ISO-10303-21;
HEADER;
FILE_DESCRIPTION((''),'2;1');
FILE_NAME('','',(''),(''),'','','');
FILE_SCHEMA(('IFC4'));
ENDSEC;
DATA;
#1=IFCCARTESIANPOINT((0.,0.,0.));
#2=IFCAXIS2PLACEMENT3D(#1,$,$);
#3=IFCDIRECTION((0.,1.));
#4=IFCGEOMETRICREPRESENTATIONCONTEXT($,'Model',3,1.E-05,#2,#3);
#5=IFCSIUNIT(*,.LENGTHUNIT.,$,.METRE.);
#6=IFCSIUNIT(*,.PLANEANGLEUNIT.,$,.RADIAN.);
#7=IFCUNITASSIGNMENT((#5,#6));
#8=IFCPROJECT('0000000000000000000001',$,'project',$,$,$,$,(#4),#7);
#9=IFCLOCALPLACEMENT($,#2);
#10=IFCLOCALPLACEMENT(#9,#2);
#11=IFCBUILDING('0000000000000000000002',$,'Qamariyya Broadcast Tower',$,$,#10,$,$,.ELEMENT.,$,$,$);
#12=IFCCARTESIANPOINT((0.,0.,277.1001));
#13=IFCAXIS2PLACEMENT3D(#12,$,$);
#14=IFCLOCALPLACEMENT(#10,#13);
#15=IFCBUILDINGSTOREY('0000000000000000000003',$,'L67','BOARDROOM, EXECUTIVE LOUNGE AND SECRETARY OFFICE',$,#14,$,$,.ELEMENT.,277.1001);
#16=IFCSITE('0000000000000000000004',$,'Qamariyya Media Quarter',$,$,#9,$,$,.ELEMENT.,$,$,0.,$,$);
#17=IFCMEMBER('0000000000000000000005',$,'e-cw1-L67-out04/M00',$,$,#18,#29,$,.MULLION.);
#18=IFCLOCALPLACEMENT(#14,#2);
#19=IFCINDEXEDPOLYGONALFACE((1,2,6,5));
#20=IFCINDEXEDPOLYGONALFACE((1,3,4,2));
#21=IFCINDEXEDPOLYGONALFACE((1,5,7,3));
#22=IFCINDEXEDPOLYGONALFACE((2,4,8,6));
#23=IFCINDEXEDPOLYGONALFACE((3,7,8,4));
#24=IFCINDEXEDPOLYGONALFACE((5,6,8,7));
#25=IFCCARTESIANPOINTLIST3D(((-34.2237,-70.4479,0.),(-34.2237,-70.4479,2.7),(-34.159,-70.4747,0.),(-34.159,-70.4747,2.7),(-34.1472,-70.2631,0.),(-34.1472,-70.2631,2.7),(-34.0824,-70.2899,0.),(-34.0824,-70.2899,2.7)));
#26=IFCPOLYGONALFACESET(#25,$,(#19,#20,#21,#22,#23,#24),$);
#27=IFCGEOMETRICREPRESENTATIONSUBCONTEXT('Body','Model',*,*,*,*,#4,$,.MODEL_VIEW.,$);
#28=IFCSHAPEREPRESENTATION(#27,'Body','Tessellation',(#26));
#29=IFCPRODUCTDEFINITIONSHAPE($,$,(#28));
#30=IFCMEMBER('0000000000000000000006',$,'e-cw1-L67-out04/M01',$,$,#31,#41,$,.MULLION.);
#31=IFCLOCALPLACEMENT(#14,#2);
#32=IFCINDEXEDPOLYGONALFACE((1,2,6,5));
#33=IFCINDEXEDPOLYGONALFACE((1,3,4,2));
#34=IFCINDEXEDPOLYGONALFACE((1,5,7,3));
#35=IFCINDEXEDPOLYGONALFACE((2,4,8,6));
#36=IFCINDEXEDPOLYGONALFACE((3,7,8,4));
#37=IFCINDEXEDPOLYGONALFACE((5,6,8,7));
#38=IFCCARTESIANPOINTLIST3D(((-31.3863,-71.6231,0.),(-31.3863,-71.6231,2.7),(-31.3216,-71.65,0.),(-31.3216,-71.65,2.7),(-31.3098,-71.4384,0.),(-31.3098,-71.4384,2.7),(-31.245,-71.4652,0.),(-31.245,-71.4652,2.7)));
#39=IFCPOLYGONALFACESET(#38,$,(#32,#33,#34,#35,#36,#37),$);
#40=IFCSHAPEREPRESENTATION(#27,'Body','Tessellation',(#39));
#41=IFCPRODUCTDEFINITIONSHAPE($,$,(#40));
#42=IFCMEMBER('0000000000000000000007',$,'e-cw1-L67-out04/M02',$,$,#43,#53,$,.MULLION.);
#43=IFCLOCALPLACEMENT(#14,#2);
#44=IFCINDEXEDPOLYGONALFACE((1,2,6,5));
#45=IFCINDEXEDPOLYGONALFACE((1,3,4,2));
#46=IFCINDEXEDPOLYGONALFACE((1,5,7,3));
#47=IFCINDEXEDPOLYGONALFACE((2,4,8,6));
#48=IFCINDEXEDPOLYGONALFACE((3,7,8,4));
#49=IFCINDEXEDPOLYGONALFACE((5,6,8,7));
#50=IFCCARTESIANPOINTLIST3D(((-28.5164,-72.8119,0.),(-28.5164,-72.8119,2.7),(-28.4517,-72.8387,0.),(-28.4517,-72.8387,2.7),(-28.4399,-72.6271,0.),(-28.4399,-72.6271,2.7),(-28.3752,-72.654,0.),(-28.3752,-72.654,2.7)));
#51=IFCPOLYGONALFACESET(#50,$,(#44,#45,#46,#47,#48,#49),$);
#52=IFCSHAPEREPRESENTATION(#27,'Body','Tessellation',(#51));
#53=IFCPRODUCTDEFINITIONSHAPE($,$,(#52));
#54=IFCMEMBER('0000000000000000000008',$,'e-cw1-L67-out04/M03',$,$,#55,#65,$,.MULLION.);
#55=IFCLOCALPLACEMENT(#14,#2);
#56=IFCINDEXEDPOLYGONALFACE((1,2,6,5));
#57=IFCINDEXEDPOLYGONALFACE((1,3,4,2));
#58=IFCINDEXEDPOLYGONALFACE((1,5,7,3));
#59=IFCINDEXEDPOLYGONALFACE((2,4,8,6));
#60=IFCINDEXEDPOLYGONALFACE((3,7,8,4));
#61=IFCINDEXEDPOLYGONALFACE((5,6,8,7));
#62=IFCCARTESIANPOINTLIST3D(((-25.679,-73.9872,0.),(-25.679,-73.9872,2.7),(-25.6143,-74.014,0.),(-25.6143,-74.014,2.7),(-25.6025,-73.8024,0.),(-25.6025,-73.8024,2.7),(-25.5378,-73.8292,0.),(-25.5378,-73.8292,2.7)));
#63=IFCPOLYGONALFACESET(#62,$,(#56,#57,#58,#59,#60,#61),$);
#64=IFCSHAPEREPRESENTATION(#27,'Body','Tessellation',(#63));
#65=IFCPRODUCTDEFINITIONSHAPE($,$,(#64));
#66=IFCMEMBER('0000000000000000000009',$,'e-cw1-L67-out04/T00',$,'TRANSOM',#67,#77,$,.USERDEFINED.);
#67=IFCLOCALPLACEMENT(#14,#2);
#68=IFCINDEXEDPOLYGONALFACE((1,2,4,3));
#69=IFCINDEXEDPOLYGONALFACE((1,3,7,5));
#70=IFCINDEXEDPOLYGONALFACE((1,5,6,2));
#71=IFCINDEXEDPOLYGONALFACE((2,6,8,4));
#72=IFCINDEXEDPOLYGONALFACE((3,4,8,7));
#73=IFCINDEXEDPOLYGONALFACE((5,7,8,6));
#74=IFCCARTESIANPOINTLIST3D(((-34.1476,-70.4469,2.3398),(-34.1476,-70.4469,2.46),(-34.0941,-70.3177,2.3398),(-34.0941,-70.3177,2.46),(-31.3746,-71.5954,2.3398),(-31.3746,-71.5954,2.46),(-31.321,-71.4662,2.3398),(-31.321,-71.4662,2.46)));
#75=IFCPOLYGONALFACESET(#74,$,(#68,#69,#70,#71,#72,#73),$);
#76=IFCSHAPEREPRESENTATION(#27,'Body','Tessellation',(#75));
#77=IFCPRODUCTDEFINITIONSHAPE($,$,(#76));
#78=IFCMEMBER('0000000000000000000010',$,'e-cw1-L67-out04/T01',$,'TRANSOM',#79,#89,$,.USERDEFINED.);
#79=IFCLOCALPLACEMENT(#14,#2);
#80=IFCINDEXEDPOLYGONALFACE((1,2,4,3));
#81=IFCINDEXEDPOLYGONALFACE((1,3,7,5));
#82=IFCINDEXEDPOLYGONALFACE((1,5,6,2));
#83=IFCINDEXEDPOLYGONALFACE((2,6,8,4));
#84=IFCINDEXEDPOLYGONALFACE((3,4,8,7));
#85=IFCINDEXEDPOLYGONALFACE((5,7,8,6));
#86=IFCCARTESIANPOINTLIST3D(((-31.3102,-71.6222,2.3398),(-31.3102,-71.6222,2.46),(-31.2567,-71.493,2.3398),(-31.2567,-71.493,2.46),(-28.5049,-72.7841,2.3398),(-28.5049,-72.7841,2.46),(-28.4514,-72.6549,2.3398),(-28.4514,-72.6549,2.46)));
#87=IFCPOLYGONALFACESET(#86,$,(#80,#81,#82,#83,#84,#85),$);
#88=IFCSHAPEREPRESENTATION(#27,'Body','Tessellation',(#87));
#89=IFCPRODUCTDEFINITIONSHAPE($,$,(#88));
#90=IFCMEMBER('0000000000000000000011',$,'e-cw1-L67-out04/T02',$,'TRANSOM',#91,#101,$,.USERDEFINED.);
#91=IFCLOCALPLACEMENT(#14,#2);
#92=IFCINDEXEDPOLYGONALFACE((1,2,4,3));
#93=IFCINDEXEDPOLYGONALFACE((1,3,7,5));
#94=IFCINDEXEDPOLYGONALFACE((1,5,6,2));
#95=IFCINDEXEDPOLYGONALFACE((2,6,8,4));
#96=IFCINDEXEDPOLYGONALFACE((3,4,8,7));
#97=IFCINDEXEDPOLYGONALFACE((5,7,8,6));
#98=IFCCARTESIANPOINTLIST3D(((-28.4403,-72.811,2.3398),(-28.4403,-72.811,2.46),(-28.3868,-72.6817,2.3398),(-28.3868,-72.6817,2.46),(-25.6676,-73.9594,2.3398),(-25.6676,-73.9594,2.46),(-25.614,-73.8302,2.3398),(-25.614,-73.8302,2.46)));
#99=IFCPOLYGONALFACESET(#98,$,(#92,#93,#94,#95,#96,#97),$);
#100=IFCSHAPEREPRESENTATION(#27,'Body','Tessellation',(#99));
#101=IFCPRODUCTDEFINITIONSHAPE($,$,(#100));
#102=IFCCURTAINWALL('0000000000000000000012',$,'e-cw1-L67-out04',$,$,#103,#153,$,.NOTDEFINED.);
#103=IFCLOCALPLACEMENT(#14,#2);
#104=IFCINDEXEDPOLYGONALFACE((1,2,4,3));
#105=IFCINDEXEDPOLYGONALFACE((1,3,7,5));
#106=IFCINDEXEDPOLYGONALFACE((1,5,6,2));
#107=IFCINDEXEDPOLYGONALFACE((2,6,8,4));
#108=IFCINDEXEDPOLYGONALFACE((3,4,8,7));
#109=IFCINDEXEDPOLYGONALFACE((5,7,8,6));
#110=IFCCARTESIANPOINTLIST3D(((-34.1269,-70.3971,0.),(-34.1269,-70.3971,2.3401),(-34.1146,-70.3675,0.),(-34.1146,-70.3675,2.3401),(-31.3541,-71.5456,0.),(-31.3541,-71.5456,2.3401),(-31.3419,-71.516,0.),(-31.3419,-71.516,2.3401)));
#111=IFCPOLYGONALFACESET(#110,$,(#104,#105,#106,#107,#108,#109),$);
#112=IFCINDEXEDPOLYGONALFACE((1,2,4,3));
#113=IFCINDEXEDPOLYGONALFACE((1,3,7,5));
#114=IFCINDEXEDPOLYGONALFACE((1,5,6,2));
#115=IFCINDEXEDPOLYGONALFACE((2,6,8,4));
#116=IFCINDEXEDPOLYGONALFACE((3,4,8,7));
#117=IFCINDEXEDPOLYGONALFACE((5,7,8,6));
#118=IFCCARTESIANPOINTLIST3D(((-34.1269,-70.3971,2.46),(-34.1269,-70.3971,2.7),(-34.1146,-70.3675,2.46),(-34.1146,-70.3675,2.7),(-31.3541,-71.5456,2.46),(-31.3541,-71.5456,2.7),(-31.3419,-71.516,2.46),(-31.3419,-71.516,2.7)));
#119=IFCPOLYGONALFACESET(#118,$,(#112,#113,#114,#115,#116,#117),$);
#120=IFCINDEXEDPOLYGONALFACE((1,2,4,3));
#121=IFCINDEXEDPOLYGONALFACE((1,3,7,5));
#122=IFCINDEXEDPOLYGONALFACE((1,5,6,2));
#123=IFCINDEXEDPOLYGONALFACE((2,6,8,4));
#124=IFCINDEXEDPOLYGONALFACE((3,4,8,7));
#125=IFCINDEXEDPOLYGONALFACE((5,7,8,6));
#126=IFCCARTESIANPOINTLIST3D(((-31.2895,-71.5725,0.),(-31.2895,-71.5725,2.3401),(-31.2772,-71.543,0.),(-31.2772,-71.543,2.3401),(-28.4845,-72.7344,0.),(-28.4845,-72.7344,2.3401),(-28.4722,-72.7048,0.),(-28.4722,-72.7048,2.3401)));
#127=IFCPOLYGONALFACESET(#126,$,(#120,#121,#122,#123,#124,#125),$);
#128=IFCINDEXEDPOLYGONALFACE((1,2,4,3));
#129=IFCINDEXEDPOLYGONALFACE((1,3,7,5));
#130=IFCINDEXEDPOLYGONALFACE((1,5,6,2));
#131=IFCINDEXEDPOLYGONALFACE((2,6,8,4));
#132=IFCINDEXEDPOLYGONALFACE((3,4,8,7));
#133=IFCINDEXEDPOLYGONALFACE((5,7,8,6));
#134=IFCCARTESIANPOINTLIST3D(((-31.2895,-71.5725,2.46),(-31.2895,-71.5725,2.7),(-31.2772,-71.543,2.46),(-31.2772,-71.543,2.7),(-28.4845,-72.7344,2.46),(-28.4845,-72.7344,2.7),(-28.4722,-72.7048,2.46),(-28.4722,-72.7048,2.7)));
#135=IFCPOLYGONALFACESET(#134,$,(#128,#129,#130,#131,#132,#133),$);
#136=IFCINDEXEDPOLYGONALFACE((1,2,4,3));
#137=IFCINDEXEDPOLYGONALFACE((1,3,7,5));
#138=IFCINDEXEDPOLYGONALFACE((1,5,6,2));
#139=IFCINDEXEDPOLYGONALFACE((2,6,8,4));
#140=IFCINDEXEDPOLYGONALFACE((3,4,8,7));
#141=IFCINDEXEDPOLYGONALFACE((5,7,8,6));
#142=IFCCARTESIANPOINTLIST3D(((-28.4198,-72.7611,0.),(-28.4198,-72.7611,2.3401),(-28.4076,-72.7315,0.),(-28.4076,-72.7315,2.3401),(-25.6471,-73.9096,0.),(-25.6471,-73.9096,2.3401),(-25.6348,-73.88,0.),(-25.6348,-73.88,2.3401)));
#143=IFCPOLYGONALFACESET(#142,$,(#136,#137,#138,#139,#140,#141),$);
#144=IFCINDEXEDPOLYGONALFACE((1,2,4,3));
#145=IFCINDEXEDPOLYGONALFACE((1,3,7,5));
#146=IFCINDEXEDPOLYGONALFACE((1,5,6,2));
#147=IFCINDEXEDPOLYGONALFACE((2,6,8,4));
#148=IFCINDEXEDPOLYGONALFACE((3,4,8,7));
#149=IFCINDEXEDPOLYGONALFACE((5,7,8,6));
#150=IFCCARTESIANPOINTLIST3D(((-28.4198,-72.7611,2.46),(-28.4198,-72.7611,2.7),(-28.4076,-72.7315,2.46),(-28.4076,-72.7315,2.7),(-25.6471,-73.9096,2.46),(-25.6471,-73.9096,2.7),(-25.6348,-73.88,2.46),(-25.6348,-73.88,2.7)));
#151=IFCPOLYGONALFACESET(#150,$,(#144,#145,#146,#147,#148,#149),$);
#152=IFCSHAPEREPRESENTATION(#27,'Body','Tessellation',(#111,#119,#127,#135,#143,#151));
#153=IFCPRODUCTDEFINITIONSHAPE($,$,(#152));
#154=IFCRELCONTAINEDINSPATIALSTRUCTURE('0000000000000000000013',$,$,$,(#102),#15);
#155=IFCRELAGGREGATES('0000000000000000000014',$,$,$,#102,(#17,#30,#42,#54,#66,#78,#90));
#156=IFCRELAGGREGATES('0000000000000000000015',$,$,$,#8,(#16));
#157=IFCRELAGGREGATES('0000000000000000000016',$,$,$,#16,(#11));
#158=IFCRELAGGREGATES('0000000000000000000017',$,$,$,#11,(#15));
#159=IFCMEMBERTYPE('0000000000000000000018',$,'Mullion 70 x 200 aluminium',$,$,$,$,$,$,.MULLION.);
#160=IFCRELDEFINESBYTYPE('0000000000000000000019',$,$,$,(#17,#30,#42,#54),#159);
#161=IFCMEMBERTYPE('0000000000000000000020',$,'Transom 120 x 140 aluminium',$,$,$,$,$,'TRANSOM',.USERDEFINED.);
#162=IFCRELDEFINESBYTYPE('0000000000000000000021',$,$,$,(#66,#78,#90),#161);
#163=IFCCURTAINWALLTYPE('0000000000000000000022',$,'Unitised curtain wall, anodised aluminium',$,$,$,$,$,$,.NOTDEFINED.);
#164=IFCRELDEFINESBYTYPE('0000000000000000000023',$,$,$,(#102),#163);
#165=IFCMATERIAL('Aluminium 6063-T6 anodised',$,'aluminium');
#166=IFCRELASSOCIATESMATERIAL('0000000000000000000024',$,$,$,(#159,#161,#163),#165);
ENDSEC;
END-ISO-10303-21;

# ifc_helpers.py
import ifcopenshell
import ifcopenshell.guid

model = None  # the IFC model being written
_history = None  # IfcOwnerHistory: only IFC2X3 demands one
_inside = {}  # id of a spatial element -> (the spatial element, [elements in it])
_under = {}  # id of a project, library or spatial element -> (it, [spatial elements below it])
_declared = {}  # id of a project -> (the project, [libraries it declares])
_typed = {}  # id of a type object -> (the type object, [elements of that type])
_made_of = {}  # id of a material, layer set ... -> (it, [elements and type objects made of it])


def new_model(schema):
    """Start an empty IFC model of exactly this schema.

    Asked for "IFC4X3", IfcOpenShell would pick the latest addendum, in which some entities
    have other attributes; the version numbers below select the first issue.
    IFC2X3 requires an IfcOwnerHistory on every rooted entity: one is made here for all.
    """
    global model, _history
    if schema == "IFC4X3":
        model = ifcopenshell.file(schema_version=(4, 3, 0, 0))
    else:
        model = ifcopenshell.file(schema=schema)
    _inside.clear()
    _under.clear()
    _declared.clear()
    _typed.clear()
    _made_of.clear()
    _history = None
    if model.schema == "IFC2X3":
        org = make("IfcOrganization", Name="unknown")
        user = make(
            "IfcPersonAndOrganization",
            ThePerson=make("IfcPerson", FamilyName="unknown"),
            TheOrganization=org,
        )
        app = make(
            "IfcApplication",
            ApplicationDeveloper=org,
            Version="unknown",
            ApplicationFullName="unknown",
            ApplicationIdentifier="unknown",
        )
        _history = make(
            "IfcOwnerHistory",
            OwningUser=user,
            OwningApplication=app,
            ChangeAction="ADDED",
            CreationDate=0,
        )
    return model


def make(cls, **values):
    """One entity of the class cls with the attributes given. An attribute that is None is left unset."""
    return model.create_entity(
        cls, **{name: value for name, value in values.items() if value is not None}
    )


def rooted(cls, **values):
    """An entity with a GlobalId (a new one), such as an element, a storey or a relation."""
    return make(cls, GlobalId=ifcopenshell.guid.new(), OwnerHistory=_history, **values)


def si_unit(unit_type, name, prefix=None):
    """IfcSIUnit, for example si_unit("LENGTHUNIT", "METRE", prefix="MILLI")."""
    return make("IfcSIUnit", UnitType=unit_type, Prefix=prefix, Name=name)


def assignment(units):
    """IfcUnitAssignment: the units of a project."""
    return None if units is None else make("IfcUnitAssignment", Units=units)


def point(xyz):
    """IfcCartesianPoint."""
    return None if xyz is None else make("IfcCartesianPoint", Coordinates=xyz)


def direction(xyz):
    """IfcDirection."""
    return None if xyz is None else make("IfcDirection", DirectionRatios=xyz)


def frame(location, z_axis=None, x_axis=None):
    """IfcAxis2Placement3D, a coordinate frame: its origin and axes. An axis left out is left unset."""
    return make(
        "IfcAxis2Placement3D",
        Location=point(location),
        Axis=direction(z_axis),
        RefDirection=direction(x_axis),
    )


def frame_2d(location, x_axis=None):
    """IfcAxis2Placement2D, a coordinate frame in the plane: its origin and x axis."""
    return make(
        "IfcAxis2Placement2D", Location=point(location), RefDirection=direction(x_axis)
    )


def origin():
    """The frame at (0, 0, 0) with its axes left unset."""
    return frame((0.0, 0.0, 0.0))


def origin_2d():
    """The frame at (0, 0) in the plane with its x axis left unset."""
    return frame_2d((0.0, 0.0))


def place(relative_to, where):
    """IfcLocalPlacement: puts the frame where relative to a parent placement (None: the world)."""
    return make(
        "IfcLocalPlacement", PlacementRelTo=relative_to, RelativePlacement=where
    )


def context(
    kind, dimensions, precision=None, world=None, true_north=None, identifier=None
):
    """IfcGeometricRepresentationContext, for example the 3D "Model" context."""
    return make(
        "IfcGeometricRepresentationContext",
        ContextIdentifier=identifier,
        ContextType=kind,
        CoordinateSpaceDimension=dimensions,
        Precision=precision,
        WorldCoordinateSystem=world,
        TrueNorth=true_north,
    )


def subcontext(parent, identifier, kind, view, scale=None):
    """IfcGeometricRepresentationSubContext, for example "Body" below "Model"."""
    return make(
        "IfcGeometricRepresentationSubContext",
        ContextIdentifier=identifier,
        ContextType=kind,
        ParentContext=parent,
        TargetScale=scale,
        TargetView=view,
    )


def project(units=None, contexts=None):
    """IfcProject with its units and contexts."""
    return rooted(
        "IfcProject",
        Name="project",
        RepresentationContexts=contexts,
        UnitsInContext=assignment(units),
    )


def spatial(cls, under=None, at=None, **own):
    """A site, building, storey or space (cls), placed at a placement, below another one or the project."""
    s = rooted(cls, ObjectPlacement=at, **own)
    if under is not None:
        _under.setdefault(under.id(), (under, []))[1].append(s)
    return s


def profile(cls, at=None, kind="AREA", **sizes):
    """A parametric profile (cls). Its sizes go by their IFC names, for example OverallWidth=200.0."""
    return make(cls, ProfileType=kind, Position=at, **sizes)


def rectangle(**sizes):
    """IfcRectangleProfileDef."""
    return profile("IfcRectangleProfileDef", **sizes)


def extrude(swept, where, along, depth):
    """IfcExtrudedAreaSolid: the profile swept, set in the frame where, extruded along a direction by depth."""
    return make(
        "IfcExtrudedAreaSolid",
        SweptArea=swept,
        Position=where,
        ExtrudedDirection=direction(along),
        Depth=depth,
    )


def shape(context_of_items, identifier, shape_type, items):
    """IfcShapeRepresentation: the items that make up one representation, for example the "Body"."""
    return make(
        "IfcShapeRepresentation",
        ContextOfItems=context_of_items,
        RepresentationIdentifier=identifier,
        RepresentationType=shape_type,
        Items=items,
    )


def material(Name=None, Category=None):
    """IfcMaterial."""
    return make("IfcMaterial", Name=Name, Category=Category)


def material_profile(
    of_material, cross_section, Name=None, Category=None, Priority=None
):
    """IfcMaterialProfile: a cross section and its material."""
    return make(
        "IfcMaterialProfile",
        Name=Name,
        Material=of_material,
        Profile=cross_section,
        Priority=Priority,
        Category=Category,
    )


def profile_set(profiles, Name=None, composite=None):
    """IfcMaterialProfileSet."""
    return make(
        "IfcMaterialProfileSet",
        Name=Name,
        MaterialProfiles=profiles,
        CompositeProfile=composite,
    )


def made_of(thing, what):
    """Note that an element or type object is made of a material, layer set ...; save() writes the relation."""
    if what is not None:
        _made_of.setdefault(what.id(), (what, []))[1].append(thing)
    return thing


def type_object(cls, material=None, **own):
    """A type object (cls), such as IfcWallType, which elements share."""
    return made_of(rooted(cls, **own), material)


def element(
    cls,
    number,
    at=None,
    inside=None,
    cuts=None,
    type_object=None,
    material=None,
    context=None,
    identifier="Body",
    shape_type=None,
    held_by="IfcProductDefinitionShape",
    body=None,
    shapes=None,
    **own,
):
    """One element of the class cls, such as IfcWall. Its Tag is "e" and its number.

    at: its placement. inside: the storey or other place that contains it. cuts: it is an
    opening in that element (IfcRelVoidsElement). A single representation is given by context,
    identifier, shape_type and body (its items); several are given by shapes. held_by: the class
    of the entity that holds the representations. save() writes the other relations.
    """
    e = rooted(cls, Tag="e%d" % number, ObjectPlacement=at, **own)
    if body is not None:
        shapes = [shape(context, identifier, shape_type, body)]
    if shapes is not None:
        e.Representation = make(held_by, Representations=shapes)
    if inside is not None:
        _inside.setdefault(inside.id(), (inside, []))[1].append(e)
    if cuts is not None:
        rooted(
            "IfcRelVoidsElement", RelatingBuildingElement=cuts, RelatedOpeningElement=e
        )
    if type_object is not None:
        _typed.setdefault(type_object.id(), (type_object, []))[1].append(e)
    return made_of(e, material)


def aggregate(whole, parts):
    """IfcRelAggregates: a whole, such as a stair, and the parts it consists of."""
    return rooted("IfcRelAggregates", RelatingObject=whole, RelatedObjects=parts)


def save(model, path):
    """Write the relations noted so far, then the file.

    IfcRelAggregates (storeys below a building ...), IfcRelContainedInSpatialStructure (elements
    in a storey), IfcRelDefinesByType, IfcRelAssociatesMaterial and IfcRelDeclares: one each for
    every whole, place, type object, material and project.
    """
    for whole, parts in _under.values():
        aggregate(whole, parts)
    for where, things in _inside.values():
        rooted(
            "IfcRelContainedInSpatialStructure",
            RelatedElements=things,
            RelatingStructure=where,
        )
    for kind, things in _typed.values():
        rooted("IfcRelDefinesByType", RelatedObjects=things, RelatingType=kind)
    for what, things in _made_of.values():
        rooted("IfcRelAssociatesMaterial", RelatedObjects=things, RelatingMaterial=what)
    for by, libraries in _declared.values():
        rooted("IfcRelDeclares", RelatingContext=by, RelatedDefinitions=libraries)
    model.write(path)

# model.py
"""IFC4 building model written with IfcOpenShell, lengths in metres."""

from ifc_helpers import new_model, si_unit, direction, frame, origin, origin_2d, place, context, subcontext, project, spatial, rectangle, extrude, material, material_profile, profile_set, type_object, element, aggregate, save


model = new_model("IFC4")

# Units and contexts
model_context = context("Model", 3, precision=1e-05, world=origin(), true_north=direction((0.0, 1.0)))
body_context = subcontext(model_context, "Body", "Model", "MODEL_VIEW")
ifc_project = project(units=[si_unit("LENGTHUNIT", "METRE"), si_unit("PLANEANGLEUNIT", "RADIAN")], contexts=[model_context])

# Members
ifc_material = material(Name="Aluminium 6063-T6 anodised", Category="aluminium")
ifc_material_profile_1 = material_profile(ifc_material, rectangle(XDim=0.2, YDim=0.0701, at=origin_2d()))
ifc_profile_set_1 = profile_set([ifc_material_profile_1], Name="Aluminium 6063-T6 anodised")
member_type_1 = type_object("IfcMemberType", Name="Mullion 70 x 200 aluminium", PredefinedType="MULLION", material=ifc_profile_set_1)
site_placement = place(None, origin())
building_placement = place(site_placement, origin())
storey_placement = place(building_placement, frame((0.0, 0.0, 277.1001)))
member_1_placement = place(storey_placement, frame((-34.1531, -70.3689, 0.0), z_axis=(0.0, 0.0, 1.0), x_axis=(0.382683, 0.92388, 0.0)))
member_1 = element("IfcMember", 1, at=member_1_placement, type_object=member_type_1, Name="e-cw1-L67-out04/M00", PredefinedType="MULLION", context=body_context, shape_type="SweptSolid", body=[
    extrude(rectangle(XDim=0.2, YDim=0.0701, at=origin_2d()), origin(), (0.0, 0.0, 1.0), 2.7),
])
member_2_placement = place(storey_placement, frame((-31.3157, -71.5442, 0.0), z_axis=(0.0, 0.0, 1.0), x_axis=(0.382683, 0.92388, 0.0)))
member_2 = element("IfcMember", 2, at=member_2_placement, type_object=member_type_1, Name="e-cw1-L67-out04/M01", PredefinedType="MULLION", context=body_context, shape_type="SweptSolid", body=[
    extrude(rectangle(XDim=0.2, YDim=0.0701, at=origin_2d()), origin(), (0.0, 0.0, 1.0), 2.7),
])
member_3_placement = place(storey_placement, frame((-28.4458, -72.7329, 0.0), z_axis=(0.0, 0.0, 1.0), x_axis=(0.382683, 0.92388, 0.0)))
member_3 = element("IfcMember", 3, at=member_3_placement, type_object=member_type_1, Name="e-cw1-L67-out04/M02", PredefinedType="MULLION", context=body_context, shape_type="SweptSolid", body=[
    extrude(rectangle(XDim=0.2, YDim=0.0701, at=origin_2d()), origin(), (0.0, 0.0, 1.0), 2.7),
])
member_4_placement = place(storey_placement, frame((-25.6084, -73.9082, 0.0), z_axis=(0.0, 0.0, 1.0), x_axis=(0.382683, 0.92388, 0.0)))
member_4 = element("IfcMember", 4, at=member_4_placement, type_object=member_type_1, Name="e-cw1-L67-out04/M03", PredefinedType="MULLION", context=body_context, shape_type="SweptSolid", body=[
    extrude(rectangle(XDim=0.2, YDim=0.0701, at=origin_2d()), origin(), (0.0, 0.0, 1.0), 2.7),
])
ifc_material_profile_2 = material_profile(ifc_material, rectangle(XDim=0.1399, YDim=0.1201, at=origin_2d()))
ifc_profile_set_2 = profile_set([ifc_material_profile_2], Name="Aluminium 6063-T6 anodised")
member_type_2 = type_object("IfcMemberType", Name="Transom 120 x 140 aluminium", ElementType="TRANSOM", PredefinedType="USERDEFINED", material=ifc_profile_set_2)
member_5_placement = place(storey_placement, frame((-34.1208, -70.3823, 2.3999), z_axis=(0.923898, -0.382639, 0.0), x_axis=(0.382639, 0.923898, 0.0)))
member_5 = element("IfcMember", 5, at=member_5_placement, type_object=member_type_2, Name="e-cw1-L67-out04/T00", ObjectType="TRANSOM", PredefinedType="USERDEFINED", context=body_context, shape_type="SweptSolid", body=[
    extrude(rectangle(XDim=0.1399, YDim=0.1201, at=origin_2d()), origin(), (0.0, 0.0, 1.0), 3.0015),
])
member_6_placement = place(storey_placement, frame((-31.2834, -71.5576, 2.3999), z_axis=(0.923888, -0.382662, 0.0), x_axis=(0.382662, 0.923888, 0.0)))
member_6 = element("IfcMember", 6, at=member_6_placement, type_object=member_type_2, Name="e-cw1-L67-out04/T01", ObjectType="TRANSOM", PredefinedType="USERDEFINED", context=body_context, shape_type="SweptSolid", body=[
    extrude(rectangle(XDim=0.1399, YDim=0.1201, at=origin_2d()), origin(), (0.0, 0.0, 1.0), 3.0364),
])
member_7_placement = place(storey_placement, frame((-28.4136, -72.7463, 2.3999), z_axis=(0.923886, -0.382668, 0.0), x_axis=(0.382668, 0.923886, 0.0)))
member_7 = element("IfcMember", 7, at=member_7_placement, type_object=member_type_2, Name="e-cw1-L67-out04/T02", ObjectType="TRANSOM", PredefinedType="USERDEFINED", context=body_context, shape_type="SweptSolid", body=[
    extrude(rectangle(XDim=0.1399, YDim=0.1201, at=origin_2d()), origin(), (0.0, 0.0, 1.0), 3.0012),
])

# Site, building, storey
site = spatial("IfcSite", under=ifc_project, at=site_placement, Name="Qamariyya Media Quarter", CompositionType="ELEMENT", RefElevation=0.0)
building = spatial("IfcBuilding", under=site, at=building_placement, Name="Qamariyya Broadcast Tower", CompositionType="ELEMENT")
storey = spatial("IfcBuildingStorey", under=building, at=storey_placement, Name="L67", Description="BOARDROOM, EXECUTIVE LOUNGE AND SECRETARY OFFICE", CompositionType="ELEMENT", Elevation=277.1001)

# Curtain wall
curtain_wall_type = type_object("IfcCurtainWallType", Name="Unitised curtain wall, anodised aluminium", PredefinedType="NOTDEFINED", material=ifc_material)
curtain_wall_1_placement = place(storey_placement, origin())
curtain_wall_1 = element("IfcCurtainWall", 8, at=curtain_wall_1_placement, inside=storey, type_object=curtain_wall_type, Name="e-cw1-L67-out04", PredefinedType="NOTDEFINED", context=body_context, shape_type="SweptSolid", body=[
    extrude(rectangle(XDim=3.0012, YDim=0.032, at=origin_2d()), frame((-32.7344, -70.9565, 0.0), x_axis=(0.923878, -0.382687, 0.0)), (0.0, 0.0, 1.0), 2.3401),
    extrude(rectangle(XDim=3.0012, YDim=0.032, at=origin_2d()), frame((-32.7344, -70.9565, 2.46), x_axis=(0.923878, -0.382687, 0.0)), (0.0, 0.0, 1.0), 0.24),
    extrude(rectangle(XDim=3.0361, YDim=0.032, at=origin_2d()), frame((-29.8809, -72.1387, 0.0), x_axis=(0.923878, -0.382687, 0.0)), (0.0, 0.0, 1.0), 2.3401),
    extrude(rectangle(XDim=3.0361, YDim=0.032, at=origin_2d()), frame((-29.8809, -72.1387, 2.46), x_axis=(0.923878, -0.382687, 0.0)), (0.0, 0.0, 1.0), 0.24),
    extrude(rectangle(XDim=3.0012, YDim=0.032, at=origin_2d()), frame((-27.0273, -73.3206, 0.0), x_axis=(0.923878, -0.382687, 0.0)), (0.0, 0.0, 1.0), 2.3401),
    extrude(rectangle(XDim=3.0012, YDim=0.032, at=origin_2d()), frame((-27.0273, -73.3206, 2.46), x_axis=(0.923878, -0.382687, 0.0)), (0.0, 0.0, 1.0), 0.24),
])
aggregate(curtain_wall_1, [member_1, member_2, member_3, member_4, member_5, member_6, member_7])

save(model, "model.ifc")
